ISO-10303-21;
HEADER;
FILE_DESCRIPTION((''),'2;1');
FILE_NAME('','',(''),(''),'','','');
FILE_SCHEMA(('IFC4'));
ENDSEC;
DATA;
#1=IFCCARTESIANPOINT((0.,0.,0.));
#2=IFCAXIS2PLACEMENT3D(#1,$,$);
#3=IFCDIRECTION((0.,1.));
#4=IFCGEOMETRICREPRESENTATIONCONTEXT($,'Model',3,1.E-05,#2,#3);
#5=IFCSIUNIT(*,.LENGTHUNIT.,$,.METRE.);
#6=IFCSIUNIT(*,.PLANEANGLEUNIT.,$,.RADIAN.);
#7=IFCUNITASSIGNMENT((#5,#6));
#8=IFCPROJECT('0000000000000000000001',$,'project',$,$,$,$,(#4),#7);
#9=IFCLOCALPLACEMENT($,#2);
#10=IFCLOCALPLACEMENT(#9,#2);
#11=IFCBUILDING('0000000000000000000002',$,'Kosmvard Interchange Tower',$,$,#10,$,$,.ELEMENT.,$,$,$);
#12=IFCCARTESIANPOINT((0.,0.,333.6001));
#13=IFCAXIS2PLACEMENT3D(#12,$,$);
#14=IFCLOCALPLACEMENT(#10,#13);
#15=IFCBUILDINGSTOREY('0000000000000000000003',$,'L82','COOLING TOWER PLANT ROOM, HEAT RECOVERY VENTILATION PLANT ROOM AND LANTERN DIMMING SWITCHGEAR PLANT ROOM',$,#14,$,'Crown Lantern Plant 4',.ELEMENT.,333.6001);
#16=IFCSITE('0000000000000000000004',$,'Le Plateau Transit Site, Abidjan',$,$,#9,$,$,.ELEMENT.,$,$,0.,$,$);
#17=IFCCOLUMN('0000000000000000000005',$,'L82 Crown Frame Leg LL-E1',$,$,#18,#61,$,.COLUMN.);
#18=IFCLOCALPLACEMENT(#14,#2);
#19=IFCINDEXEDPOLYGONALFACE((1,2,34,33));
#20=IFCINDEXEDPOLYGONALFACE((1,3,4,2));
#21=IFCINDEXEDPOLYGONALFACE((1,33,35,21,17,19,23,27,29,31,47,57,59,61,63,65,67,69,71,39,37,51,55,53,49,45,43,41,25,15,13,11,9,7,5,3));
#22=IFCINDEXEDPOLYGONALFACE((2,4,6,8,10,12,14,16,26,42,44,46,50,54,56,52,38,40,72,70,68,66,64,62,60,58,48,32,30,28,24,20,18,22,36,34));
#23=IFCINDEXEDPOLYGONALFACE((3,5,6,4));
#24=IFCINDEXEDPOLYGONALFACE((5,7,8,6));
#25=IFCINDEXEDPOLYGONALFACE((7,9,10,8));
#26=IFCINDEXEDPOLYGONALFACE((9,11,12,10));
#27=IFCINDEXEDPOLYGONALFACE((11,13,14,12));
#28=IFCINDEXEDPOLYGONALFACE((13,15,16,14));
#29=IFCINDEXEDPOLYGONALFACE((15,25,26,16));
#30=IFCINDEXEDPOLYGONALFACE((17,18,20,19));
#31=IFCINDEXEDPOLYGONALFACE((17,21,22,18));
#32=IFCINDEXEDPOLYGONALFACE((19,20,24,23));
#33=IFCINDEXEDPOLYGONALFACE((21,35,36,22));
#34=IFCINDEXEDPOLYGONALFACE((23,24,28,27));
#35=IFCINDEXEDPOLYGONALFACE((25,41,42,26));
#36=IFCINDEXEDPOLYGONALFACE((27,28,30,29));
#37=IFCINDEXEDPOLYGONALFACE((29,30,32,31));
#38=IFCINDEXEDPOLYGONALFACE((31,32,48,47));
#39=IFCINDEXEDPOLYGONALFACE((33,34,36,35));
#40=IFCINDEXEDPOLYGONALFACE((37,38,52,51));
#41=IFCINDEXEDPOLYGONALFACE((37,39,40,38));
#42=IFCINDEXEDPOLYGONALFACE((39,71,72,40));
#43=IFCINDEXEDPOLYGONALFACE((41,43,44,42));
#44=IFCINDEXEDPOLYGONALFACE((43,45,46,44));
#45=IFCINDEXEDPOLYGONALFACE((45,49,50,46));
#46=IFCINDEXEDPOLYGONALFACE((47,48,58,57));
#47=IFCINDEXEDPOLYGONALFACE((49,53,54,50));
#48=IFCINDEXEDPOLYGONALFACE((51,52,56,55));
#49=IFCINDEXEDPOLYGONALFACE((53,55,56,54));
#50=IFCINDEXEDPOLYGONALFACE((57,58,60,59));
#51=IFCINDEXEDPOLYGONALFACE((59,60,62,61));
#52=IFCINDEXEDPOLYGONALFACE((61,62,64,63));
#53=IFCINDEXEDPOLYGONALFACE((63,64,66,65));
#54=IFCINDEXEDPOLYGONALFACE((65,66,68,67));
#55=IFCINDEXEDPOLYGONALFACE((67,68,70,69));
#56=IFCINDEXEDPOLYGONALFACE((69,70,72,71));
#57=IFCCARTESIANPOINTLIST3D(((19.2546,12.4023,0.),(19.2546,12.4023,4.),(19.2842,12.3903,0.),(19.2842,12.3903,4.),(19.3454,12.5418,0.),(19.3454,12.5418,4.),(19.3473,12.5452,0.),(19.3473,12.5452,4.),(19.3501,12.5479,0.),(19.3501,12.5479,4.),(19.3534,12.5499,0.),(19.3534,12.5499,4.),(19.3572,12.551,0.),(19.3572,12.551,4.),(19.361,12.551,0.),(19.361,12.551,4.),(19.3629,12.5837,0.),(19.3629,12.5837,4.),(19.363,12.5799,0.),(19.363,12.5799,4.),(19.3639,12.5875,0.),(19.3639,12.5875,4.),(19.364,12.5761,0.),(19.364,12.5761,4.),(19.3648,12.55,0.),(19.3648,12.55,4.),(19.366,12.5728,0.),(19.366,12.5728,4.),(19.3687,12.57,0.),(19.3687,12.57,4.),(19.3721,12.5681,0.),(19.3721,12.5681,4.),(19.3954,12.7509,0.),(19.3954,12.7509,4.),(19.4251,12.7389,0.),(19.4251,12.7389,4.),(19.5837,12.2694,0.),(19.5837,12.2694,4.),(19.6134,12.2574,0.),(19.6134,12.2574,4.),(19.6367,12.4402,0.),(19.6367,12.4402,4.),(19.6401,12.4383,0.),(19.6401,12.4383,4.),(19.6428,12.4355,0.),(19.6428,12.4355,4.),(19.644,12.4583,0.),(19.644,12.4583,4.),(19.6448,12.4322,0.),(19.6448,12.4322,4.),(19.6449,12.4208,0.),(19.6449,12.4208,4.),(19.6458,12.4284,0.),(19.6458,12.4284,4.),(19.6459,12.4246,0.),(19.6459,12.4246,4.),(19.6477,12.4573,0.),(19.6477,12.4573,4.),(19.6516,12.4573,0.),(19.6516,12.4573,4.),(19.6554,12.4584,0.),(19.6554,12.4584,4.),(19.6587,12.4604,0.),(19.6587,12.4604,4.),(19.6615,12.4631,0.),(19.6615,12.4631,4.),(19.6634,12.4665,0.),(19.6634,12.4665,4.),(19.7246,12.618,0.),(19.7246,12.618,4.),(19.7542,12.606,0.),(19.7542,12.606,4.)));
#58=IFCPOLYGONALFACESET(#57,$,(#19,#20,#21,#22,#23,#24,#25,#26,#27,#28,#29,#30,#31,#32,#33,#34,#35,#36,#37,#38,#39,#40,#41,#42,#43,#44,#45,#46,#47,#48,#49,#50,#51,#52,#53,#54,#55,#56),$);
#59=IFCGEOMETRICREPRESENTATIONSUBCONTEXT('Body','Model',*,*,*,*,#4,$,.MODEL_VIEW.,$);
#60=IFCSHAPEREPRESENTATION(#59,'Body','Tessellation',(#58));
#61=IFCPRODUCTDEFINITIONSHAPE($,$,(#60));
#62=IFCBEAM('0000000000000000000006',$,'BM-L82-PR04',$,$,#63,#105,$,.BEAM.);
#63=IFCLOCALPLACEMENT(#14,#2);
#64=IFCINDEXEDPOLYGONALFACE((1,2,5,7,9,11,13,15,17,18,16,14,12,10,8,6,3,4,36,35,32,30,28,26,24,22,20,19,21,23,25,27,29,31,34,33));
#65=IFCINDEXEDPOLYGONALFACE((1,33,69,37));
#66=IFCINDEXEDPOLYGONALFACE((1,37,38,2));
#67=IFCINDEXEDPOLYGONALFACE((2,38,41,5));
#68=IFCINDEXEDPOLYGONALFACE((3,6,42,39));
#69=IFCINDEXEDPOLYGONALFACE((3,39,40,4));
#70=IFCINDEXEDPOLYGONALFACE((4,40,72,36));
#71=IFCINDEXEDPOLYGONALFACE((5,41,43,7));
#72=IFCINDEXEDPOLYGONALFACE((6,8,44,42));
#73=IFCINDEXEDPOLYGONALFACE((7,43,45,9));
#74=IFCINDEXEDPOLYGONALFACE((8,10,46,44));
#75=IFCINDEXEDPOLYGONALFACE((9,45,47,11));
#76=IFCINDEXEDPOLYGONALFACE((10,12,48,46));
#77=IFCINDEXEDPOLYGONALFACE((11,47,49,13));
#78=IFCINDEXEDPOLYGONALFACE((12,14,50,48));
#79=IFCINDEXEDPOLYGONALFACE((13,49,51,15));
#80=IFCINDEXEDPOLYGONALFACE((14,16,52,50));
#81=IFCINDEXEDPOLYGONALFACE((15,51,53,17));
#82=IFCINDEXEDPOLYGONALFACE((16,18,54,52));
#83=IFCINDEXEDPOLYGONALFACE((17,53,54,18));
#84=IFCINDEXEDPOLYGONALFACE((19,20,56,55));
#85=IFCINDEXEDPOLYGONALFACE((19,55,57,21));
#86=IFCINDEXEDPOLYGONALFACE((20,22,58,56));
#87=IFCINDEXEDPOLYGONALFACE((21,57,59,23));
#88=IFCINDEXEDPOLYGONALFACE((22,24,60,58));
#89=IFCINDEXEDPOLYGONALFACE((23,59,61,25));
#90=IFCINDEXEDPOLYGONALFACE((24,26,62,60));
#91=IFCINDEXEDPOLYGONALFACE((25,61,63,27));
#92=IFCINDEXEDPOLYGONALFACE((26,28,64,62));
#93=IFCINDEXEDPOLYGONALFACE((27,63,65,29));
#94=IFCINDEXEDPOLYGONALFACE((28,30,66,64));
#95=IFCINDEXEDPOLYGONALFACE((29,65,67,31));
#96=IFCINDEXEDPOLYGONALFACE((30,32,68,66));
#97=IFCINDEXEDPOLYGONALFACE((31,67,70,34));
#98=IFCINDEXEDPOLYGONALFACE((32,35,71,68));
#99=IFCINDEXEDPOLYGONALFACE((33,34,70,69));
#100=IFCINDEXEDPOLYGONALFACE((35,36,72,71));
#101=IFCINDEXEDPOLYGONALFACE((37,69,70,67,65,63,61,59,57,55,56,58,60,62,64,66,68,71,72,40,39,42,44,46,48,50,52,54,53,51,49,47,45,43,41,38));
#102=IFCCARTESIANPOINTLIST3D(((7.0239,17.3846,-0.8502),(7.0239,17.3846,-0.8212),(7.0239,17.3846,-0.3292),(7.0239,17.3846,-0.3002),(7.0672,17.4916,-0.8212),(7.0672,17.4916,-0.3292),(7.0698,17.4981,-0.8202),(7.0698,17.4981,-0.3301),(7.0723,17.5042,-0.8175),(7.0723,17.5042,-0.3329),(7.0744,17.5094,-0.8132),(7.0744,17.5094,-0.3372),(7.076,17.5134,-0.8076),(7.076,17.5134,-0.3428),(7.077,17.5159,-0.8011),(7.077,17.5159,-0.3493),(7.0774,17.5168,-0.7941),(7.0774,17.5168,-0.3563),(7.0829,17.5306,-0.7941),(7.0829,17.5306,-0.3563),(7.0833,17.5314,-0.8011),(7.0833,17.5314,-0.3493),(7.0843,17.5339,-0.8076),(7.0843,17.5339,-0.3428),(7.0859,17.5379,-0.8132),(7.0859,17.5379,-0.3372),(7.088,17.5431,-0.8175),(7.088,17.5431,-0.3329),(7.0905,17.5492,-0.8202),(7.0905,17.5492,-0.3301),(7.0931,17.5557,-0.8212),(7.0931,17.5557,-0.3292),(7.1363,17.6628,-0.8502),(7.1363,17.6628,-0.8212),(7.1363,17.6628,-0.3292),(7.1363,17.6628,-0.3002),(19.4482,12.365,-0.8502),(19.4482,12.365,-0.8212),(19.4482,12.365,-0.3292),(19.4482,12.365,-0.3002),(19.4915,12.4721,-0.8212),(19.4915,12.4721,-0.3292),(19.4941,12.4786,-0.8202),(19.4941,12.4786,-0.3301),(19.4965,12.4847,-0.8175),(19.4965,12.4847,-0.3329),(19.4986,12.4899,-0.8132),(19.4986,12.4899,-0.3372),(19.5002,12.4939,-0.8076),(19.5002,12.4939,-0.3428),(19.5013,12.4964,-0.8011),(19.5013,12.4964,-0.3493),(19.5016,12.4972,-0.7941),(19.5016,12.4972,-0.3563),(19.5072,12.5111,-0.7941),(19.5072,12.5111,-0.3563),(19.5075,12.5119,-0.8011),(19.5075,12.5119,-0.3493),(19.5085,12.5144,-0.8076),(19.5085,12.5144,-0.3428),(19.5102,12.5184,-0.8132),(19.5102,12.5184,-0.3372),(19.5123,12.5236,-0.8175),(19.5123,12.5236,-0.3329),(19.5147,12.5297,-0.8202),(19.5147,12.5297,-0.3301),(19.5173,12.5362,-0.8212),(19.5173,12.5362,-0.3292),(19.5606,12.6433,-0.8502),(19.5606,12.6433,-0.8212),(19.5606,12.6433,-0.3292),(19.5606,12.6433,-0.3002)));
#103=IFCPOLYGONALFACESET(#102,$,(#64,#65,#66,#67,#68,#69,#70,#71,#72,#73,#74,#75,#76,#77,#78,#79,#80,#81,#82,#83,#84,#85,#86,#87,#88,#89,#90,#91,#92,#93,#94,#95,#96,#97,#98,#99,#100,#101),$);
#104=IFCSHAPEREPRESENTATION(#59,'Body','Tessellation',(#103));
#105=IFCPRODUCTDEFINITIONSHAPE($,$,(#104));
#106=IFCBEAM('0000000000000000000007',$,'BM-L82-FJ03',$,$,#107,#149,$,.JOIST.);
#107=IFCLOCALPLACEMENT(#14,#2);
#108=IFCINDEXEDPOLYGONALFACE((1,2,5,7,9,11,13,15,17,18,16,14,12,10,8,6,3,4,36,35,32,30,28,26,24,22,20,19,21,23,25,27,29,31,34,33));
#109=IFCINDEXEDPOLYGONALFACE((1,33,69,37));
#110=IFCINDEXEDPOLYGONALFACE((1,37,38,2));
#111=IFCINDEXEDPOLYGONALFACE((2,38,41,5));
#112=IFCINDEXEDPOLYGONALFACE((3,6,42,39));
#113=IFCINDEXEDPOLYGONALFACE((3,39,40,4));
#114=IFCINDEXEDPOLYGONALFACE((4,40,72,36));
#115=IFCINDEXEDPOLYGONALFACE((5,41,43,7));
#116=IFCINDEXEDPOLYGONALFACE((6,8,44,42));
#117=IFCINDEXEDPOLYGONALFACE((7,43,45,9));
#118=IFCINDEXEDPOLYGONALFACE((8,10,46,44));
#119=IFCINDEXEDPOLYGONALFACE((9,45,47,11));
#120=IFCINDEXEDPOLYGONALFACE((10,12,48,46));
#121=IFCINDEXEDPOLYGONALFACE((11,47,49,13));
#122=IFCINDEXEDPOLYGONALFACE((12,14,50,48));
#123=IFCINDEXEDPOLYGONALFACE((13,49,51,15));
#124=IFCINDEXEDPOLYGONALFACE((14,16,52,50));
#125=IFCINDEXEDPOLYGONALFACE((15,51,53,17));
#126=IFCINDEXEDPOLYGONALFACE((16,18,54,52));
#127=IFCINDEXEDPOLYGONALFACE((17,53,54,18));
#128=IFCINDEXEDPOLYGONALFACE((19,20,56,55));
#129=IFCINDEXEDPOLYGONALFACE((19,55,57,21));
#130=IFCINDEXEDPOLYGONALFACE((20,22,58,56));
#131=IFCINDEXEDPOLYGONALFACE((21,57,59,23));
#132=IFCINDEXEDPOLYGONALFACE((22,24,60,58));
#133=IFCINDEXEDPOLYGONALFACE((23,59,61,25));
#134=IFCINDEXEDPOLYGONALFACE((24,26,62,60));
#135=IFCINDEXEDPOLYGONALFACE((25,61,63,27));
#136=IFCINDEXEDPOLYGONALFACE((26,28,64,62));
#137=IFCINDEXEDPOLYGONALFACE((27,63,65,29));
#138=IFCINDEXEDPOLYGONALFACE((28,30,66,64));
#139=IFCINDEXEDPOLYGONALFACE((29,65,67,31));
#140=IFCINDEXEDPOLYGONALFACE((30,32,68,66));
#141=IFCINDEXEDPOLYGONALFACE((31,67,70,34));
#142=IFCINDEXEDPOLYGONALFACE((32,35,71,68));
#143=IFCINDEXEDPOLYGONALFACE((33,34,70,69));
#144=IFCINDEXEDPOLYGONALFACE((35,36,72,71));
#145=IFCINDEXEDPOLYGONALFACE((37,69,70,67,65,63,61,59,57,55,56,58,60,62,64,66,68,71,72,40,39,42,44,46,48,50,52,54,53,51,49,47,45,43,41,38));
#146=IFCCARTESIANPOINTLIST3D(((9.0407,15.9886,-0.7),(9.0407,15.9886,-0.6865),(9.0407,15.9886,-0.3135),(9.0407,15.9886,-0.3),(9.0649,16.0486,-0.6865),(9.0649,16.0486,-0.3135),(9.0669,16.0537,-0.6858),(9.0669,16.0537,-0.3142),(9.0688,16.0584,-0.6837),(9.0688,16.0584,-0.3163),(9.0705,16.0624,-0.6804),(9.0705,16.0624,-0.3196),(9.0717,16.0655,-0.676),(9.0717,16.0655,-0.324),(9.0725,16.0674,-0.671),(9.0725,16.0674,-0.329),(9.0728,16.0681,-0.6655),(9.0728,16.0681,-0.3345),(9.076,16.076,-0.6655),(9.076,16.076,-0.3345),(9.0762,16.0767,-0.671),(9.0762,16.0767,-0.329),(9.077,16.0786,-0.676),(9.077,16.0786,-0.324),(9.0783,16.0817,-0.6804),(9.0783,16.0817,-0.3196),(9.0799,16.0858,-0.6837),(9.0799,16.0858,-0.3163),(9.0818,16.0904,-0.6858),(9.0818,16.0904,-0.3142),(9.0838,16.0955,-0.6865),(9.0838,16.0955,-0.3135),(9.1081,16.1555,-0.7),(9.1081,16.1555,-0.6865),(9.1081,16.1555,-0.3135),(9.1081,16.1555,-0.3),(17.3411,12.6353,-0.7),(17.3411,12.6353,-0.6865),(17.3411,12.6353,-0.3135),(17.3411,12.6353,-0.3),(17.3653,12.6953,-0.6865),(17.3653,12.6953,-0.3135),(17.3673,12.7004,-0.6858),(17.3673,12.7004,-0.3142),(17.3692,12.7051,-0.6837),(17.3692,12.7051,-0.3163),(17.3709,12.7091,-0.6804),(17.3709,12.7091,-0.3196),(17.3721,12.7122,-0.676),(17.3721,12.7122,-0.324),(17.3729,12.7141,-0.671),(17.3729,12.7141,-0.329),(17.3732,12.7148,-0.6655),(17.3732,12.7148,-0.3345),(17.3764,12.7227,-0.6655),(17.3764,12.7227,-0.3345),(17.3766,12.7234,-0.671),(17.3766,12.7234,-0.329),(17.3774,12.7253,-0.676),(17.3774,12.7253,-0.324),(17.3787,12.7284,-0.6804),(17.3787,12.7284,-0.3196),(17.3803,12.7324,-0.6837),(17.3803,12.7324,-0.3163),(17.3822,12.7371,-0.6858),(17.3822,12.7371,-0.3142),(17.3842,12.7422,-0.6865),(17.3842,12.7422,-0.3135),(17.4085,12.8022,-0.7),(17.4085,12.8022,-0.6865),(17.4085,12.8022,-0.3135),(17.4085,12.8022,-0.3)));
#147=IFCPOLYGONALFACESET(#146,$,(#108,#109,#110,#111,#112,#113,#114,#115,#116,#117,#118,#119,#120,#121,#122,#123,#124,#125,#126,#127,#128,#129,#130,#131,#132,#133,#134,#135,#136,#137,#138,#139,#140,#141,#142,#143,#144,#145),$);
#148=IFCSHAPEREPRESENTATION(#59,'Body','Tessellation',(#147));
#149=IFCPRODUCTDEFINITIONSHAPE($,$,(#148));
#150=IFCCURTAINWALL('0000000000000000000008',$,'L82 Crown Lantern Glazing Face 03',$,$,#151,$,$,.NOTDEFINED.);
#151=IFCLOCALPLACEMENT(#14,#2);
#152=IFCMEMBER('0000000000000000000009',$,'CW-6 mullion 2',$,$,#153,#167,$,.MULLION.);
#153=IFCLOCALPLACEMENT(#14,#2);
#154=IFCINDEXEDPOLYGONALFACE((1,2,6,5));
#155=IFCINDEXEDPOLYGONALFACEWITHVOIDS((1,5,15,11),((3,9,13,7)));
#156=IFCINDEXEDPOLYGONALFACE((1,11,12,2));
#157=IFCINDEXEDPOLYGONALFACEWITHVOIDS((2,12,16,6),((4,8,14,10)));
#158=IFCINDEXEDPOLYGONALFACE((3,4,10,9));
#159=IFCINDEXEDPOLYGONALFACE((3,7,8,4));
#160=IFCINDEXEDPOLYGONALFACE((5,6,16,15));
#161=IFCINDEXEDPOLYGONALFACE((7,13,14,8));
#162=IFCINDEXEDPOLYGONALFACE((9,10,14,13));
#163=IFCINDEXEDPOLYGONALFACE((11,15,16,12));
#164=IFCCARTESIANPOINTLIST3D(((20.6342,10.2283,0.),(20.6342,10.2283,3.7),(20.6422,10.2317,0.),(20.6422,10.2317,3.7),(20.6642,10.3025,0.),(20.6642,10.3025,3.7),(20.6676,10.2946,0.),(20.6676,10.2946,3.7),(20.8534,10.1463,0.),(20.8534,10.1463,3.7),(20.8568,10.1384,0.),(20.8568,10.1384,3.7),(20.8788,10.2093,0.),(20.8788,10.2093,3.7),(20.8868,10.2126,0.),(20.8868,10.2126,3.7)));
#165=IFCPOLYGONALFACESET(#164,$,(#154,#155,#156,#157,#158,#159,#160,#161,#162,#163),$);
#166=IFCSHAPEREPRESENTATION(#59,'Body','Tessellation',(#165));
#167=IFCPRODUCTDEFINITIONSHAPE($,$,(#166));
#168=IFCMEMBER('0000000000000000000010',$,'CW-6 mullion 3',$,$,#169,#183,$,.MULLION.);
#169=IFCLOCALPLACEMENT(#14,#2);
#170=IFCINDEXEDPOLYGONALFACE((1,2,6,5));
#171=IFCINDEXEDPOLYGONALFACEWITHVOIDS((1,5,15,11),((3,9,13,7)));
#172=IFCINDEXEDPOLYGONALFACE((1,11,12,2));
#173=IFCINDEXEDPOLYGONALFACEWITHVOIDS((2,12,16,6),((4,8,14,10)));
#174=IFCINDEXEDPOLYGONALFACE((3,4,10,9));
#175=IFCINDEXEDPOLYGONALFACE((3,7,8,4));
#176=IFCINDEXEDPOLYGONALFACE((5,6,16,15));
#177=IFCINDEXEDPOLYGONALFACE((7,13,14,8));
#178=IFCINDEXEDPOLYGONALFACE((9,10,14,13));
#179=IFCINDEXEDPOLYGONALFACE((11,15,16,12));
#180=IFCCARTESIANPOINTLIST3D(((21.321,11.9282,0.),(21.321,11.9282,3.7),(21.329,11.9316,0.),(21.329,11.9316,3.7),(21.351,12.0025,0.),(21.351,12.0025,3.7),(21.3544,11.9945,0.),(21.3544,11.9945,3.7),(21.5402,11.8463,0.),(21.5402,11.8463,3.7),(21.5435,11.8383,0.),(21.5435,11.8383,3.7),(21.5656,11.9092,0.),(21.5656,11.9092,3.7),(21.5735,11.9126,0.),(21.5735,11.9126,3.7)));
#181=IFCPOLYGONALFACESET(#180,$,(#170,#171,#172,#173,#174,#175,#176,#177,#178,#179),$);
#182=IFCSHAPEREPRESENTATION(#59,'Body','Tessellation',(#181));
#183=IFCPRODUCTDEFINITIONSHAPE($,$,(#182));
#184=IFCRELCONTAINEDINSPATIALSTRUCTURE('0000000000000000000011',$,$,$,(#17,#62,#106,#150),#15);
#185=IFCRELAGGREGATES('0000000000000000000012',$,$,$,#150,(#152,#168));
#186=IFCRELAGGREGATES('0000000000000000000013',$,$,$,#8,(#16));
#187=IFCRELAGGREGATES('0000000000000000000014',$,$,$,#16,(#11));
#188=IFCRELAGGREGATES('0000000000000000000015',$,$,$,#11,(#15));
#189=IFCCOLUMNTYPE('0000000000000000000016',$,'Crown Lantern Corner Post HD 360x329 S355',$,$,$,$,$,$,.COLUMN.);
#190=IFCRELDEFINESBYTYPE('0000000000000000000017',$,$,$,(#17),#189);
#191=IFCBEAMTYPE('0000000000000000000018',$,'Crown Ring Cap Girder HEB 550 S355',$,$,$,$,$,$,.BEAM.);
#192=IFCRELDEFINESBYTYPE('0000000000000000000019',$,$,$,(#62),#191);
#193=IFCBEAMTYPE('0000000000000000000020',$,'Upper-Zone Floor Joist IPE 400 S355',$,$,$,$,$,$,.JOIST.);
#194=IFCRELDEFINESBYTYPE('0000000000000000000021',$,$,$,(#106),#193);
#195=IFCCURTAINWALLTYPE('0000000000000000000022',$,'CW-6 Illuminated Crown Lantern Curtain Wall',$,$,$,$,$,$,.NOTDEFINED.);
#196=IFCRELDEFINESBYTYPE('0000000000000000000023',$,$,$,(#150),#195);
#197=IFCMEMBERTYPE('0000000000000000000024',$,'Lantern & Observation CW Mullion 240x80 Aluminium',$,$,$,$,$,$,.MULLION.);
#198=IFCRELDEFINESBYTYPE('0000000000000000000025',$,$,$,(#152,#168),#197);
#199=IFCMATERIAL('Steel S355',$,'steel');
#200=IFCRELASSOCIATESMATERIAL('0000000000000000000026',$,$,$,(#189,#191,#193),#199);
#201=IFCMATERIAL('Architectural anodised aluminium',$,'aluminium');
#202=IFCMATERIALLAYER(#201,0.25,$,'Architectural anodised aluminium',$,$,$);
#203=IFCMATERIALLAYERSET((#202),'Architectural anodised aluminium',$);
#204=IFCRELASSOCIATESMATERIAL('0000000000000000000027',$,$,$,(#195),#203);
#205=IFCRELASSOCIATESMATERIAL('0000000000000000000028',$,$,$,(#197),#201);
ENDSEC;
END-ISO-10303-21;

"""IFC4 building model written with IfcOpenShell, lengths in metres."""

from ifc_helpers import new_model, si_unit, direction, frame, origin, origin_2d, place, context, subcontext, project, spatial, hollow_rectangle, i_section, extrude, source, transform, mapped, material, layer, layer_set, material_profile, profile_set, type_object, element, aggregate, save


model = new_model("IFC4")

# Units and contexts
model_context = context("Model", 3, precision=1e-05, world=origin(), true_north=direction((0.0, 1.0)))
body_context = subcontext(model_context, "Body", "Model", "MODEL_VIEW")
ifc_project = project(units=[si_unit("LENGTHUNIT", "METRE"), si_unit("PLANEANGLEUNIT", "RADIAN")], contexts=[model_context])

# Site, building, storey
site_placement = place(None, origin())
site = spatial("IfcSite", under=ifc_project, at=site_placement, Name="Le Plateau Transit Site, Abidjan", CompositionType="ELEMENT", RefElevation=0.0)
building_placement = place(site_placement, origin())
building = spatial("IfcBuilding", under=site, at=building_placement, Name="Kosmvard Interchange Tower", CompositionType="ELEMENT")
storey_placement = place(building_placement, frame((0.0, 0.0, 333.6001)))
storey = spatial("IfcBuildingStorey", under=building, at=storey_placement, Name="L82", Description="COOLING TOWER PLANT ROOM, HEAT RECOVERY VENTILATION PLANT ROOM AND LANTERN DIMMING SWITCHGEAR PLANT ROOM", LongName="Crown Lantern Plant 4", CompositionType="ELEMENT", Elevation=333.6001)

# Column
ifc_material_1 = material(Name="Steel S355", Category="steel")
ifc_material_profile_1 = material_profile(ifc_material_1, i_section(OverallWidth=0.376, OverallDepth=0.387, WebThickness=0.0195, FlangeThickness=0.032, FilletRadius=0.0149, at=origin_2d()), Name="HD 360x329")
ifc_profile_set_1 = profile_set([ifc_material_profile_1], Name="Steel S355")
column_type = type_object("IfcColumnType", Name="Crown Lantern Corner Post HD 360x329 S355", PredefinedType="COLUMN", material=ifc_profile_set_1)
shared_shape_1 = source(origin(), body_context, "Body", "SweptSolid", [
    extrude(i_section(OverallWidth=0.376, OverallDepth=0.387, WebThickness=0.0195, FlangeThickness=0.032, FilletRadius=0.0149, at=origin_2d()), origin(), (0.0, 0.0, 1.0), 4.0),
])
column_placement = place(storey_placement, frame((19.5044, 12.5042, 0.0), z_axis=(0.0, 0.0, 1.0), x_axis=(0.374607, 0.927184, 0.0)))
element("IfcColumn", 1, at=column_placement, inside=storey, type_object=column_type, Name="L82 Crown Frame Leg LL-E1", PredefinedType="COLUMN", context=body_context, shape_type="MappedRepresentation", body=[
    mapped(shared_shape_1, transform((0.0, 0.0, 0.0), scale=1.0)),
])

# Beams
ifc_material_profile_2 = material_profile(ifc_material_1, i_section(OverallWidth=0.3, OverallDepth=0.55, WebThickness=0.0149, FlangeThickness=0.0291, FilletRadius=0.0271, at=origin_2d()), Name="HEB 550")
ifc_profile_set_2 = profile_set([ifc_material_profile_2], Name="Steel S355")
beam_type_1 = type_object("IfcBeamType", Name="Crown Ring Cap Girder HEB 550 S355", PredefinedType="BEAM", material=ifc_profile_set_2)
shared_shape_2 = source(origin(), body_context, "Body", "SweptSolid", [
    extrude(i_section(OverallWidth=0.3, OverallDepth=0.55, WebThickness=0.0149, FlangeThickness=0.0291, FilletRadius=0.0271, at=origin_2d()), origin(), (0.0, 0.0, 1.0), 13.3999),
])
beam_1_placement = place(storey_placement, frame((19.5044, 12.5042, -0.5752), z_axis=(-0.92719, 0.374593, 0.0), x_axis=(-0.374593, -0.92719, 0.0)))
element("IfcBeam", 2, at=beam_1_placement, inside=storey, type_object=beam_type_1, Name="BM-L82-PR04", PredefinedType="BEAM", context=body_context, shape_type="MappedRepresentation", body=[
    mapped(shared_shape_2, transform((0.0, 0.0, 0.0), scale=1.0)),
])
ifc_material_profile_3 = material_profile(ifc_material_1, i_section(OverallWidth=0.1799, OverallDepth=0.3999, WebThickness=0.0085, FlangeThickness=0.0134, FilletRadius=0.021, at=origin_2d()), Name="IPE 400")
ifc_profile_set_3 = profile_set([ifc_material_profile_3], Name="Steel S355")
beam_type_2 = type_object("IfcBeamType", Name="Upper-Zone Floor Joist IPE 400 S355", PredefinedType="JOIST", material=ifc_profile_set_3)
shared_shape_3 = source(origin(), body_context, "Body", "SweptSolid", [
    extrude(i_section(OverallWidth=0.1799, OverallDepth=0.3999, WebThickness=0.0085, FlangeThickness=0.0134, FilletRadius=0.021, at=origin_2d()), origin(), (0.0, 0.0, 1.0), 8.9521),
])
beam_2_placement = place(storey_placement, frame((17.3748, 12.7188, -0.5), z_axis=(-0.927194, 0.374581, 0.0), x_axis=(-0.374581, -0.927194, 0.0)))
element("IfcBeam", 3, at=beam_2_placement, inside=storey, type_object=beam_type_2, Name="BM-L82-FJ03", PredefinedType="JOIST", context=body_context, shape_type="MappedRepresentation", body=[
    mapped(shared_shape_3, transform((0.0, 0.0, 0.0), scale=1.0)),
])

# Curtain wall, members
ifc_material_2 = material(Name="Architectural anodised aluminium", Category="aluminium")
ifc_layer_1 = layer(ifc_material_2, 0.25, Name="Architectural anodised aluminium")
ifc_layer_set_1 = layer_set([ifc_layer_1], Name="Architectural anodised aluminium")
curtain_wall_type = type_object("IfcCurtainWallType", Name="CW-6 Illuminated Crown Lantern Curtain Wall", PredefinedType="NOTDEFINED", material=ifc_layer_set_1)
curtain_wall_placement = place(storey_placement, origin())
curtain_wall = element("IfcCurtainWall", 4, at=curtain_wall_placement, inside=storey, type_object=curtain_wall_type, Name="L82 Crown Lantern Glazing Face 03", PredefinedType="NOTDEFINED")
ifc_material_profile_4 = material_profile(ifc_material_2, hollow_rectangle(XDim=0.24, YDim=0.0801, WallThickness=0.0061, at=origin_2d()), Name="CWM 240x80x6")
ifc_profile_set_4 = profile_set([ifc_material_profile_4], Name="Architectural anodised aluminium")
member_type_1 = type_object("IfcMemberType", Name="Lantern & Observation CW Mullion 240x80 Aluminium", PredefinedType="MULLION", material=ifc_profile_set_4)
shared_shape_4 = source(origin(), body_context, "Body", "SweptSolid", [
    extrude(hollow_rectangle(XDim=0.24, YDim=0.0801, WallThickness=0.0061, at=origin_2d()), origin(), (0.0, 0.0, 1.0), 3.7),
])
member_1_placement = place(storey_placement, frame((20.7605, 10.2205, 0.0), z_axis=(0.0, 0.0, 1.0), x_axis=(-0.927184, 0.374607, 0.0)))
member_1 = element("IfcMember", 5, at=member_1_placement, type_object=member_type_1, Name="CW-6 mullion 2", PredefinedType="MULLION", context=body_context, shape_type="MappedRepresentation", body=[
    mapped(shared_shape_4, transform((0.0, 0.0, 0.0), scale=1.0)),
])
member_2_placement = place(storey_placement, frame((21.4473, 11.9204, 0.0), z_axis=(0.0, 0.0, 1.0), x_axis=(-0.927184, 0.374607, 0.0)))
member_2 = element("IfcMember", 6, at=member_2_placement, type_object=member_type_1, Name="CW-6 mullion 3", PredefinedType="MULLION", context=body_context, shape_type="MappedRepresentation", body=[
    mapped(shared_shape_4, transform((0.0, 0.0, 0.0), scale=1.0)),
])

aggregate(curtain_wall, [member_1, member_2])

save(model, "model.ifc")
